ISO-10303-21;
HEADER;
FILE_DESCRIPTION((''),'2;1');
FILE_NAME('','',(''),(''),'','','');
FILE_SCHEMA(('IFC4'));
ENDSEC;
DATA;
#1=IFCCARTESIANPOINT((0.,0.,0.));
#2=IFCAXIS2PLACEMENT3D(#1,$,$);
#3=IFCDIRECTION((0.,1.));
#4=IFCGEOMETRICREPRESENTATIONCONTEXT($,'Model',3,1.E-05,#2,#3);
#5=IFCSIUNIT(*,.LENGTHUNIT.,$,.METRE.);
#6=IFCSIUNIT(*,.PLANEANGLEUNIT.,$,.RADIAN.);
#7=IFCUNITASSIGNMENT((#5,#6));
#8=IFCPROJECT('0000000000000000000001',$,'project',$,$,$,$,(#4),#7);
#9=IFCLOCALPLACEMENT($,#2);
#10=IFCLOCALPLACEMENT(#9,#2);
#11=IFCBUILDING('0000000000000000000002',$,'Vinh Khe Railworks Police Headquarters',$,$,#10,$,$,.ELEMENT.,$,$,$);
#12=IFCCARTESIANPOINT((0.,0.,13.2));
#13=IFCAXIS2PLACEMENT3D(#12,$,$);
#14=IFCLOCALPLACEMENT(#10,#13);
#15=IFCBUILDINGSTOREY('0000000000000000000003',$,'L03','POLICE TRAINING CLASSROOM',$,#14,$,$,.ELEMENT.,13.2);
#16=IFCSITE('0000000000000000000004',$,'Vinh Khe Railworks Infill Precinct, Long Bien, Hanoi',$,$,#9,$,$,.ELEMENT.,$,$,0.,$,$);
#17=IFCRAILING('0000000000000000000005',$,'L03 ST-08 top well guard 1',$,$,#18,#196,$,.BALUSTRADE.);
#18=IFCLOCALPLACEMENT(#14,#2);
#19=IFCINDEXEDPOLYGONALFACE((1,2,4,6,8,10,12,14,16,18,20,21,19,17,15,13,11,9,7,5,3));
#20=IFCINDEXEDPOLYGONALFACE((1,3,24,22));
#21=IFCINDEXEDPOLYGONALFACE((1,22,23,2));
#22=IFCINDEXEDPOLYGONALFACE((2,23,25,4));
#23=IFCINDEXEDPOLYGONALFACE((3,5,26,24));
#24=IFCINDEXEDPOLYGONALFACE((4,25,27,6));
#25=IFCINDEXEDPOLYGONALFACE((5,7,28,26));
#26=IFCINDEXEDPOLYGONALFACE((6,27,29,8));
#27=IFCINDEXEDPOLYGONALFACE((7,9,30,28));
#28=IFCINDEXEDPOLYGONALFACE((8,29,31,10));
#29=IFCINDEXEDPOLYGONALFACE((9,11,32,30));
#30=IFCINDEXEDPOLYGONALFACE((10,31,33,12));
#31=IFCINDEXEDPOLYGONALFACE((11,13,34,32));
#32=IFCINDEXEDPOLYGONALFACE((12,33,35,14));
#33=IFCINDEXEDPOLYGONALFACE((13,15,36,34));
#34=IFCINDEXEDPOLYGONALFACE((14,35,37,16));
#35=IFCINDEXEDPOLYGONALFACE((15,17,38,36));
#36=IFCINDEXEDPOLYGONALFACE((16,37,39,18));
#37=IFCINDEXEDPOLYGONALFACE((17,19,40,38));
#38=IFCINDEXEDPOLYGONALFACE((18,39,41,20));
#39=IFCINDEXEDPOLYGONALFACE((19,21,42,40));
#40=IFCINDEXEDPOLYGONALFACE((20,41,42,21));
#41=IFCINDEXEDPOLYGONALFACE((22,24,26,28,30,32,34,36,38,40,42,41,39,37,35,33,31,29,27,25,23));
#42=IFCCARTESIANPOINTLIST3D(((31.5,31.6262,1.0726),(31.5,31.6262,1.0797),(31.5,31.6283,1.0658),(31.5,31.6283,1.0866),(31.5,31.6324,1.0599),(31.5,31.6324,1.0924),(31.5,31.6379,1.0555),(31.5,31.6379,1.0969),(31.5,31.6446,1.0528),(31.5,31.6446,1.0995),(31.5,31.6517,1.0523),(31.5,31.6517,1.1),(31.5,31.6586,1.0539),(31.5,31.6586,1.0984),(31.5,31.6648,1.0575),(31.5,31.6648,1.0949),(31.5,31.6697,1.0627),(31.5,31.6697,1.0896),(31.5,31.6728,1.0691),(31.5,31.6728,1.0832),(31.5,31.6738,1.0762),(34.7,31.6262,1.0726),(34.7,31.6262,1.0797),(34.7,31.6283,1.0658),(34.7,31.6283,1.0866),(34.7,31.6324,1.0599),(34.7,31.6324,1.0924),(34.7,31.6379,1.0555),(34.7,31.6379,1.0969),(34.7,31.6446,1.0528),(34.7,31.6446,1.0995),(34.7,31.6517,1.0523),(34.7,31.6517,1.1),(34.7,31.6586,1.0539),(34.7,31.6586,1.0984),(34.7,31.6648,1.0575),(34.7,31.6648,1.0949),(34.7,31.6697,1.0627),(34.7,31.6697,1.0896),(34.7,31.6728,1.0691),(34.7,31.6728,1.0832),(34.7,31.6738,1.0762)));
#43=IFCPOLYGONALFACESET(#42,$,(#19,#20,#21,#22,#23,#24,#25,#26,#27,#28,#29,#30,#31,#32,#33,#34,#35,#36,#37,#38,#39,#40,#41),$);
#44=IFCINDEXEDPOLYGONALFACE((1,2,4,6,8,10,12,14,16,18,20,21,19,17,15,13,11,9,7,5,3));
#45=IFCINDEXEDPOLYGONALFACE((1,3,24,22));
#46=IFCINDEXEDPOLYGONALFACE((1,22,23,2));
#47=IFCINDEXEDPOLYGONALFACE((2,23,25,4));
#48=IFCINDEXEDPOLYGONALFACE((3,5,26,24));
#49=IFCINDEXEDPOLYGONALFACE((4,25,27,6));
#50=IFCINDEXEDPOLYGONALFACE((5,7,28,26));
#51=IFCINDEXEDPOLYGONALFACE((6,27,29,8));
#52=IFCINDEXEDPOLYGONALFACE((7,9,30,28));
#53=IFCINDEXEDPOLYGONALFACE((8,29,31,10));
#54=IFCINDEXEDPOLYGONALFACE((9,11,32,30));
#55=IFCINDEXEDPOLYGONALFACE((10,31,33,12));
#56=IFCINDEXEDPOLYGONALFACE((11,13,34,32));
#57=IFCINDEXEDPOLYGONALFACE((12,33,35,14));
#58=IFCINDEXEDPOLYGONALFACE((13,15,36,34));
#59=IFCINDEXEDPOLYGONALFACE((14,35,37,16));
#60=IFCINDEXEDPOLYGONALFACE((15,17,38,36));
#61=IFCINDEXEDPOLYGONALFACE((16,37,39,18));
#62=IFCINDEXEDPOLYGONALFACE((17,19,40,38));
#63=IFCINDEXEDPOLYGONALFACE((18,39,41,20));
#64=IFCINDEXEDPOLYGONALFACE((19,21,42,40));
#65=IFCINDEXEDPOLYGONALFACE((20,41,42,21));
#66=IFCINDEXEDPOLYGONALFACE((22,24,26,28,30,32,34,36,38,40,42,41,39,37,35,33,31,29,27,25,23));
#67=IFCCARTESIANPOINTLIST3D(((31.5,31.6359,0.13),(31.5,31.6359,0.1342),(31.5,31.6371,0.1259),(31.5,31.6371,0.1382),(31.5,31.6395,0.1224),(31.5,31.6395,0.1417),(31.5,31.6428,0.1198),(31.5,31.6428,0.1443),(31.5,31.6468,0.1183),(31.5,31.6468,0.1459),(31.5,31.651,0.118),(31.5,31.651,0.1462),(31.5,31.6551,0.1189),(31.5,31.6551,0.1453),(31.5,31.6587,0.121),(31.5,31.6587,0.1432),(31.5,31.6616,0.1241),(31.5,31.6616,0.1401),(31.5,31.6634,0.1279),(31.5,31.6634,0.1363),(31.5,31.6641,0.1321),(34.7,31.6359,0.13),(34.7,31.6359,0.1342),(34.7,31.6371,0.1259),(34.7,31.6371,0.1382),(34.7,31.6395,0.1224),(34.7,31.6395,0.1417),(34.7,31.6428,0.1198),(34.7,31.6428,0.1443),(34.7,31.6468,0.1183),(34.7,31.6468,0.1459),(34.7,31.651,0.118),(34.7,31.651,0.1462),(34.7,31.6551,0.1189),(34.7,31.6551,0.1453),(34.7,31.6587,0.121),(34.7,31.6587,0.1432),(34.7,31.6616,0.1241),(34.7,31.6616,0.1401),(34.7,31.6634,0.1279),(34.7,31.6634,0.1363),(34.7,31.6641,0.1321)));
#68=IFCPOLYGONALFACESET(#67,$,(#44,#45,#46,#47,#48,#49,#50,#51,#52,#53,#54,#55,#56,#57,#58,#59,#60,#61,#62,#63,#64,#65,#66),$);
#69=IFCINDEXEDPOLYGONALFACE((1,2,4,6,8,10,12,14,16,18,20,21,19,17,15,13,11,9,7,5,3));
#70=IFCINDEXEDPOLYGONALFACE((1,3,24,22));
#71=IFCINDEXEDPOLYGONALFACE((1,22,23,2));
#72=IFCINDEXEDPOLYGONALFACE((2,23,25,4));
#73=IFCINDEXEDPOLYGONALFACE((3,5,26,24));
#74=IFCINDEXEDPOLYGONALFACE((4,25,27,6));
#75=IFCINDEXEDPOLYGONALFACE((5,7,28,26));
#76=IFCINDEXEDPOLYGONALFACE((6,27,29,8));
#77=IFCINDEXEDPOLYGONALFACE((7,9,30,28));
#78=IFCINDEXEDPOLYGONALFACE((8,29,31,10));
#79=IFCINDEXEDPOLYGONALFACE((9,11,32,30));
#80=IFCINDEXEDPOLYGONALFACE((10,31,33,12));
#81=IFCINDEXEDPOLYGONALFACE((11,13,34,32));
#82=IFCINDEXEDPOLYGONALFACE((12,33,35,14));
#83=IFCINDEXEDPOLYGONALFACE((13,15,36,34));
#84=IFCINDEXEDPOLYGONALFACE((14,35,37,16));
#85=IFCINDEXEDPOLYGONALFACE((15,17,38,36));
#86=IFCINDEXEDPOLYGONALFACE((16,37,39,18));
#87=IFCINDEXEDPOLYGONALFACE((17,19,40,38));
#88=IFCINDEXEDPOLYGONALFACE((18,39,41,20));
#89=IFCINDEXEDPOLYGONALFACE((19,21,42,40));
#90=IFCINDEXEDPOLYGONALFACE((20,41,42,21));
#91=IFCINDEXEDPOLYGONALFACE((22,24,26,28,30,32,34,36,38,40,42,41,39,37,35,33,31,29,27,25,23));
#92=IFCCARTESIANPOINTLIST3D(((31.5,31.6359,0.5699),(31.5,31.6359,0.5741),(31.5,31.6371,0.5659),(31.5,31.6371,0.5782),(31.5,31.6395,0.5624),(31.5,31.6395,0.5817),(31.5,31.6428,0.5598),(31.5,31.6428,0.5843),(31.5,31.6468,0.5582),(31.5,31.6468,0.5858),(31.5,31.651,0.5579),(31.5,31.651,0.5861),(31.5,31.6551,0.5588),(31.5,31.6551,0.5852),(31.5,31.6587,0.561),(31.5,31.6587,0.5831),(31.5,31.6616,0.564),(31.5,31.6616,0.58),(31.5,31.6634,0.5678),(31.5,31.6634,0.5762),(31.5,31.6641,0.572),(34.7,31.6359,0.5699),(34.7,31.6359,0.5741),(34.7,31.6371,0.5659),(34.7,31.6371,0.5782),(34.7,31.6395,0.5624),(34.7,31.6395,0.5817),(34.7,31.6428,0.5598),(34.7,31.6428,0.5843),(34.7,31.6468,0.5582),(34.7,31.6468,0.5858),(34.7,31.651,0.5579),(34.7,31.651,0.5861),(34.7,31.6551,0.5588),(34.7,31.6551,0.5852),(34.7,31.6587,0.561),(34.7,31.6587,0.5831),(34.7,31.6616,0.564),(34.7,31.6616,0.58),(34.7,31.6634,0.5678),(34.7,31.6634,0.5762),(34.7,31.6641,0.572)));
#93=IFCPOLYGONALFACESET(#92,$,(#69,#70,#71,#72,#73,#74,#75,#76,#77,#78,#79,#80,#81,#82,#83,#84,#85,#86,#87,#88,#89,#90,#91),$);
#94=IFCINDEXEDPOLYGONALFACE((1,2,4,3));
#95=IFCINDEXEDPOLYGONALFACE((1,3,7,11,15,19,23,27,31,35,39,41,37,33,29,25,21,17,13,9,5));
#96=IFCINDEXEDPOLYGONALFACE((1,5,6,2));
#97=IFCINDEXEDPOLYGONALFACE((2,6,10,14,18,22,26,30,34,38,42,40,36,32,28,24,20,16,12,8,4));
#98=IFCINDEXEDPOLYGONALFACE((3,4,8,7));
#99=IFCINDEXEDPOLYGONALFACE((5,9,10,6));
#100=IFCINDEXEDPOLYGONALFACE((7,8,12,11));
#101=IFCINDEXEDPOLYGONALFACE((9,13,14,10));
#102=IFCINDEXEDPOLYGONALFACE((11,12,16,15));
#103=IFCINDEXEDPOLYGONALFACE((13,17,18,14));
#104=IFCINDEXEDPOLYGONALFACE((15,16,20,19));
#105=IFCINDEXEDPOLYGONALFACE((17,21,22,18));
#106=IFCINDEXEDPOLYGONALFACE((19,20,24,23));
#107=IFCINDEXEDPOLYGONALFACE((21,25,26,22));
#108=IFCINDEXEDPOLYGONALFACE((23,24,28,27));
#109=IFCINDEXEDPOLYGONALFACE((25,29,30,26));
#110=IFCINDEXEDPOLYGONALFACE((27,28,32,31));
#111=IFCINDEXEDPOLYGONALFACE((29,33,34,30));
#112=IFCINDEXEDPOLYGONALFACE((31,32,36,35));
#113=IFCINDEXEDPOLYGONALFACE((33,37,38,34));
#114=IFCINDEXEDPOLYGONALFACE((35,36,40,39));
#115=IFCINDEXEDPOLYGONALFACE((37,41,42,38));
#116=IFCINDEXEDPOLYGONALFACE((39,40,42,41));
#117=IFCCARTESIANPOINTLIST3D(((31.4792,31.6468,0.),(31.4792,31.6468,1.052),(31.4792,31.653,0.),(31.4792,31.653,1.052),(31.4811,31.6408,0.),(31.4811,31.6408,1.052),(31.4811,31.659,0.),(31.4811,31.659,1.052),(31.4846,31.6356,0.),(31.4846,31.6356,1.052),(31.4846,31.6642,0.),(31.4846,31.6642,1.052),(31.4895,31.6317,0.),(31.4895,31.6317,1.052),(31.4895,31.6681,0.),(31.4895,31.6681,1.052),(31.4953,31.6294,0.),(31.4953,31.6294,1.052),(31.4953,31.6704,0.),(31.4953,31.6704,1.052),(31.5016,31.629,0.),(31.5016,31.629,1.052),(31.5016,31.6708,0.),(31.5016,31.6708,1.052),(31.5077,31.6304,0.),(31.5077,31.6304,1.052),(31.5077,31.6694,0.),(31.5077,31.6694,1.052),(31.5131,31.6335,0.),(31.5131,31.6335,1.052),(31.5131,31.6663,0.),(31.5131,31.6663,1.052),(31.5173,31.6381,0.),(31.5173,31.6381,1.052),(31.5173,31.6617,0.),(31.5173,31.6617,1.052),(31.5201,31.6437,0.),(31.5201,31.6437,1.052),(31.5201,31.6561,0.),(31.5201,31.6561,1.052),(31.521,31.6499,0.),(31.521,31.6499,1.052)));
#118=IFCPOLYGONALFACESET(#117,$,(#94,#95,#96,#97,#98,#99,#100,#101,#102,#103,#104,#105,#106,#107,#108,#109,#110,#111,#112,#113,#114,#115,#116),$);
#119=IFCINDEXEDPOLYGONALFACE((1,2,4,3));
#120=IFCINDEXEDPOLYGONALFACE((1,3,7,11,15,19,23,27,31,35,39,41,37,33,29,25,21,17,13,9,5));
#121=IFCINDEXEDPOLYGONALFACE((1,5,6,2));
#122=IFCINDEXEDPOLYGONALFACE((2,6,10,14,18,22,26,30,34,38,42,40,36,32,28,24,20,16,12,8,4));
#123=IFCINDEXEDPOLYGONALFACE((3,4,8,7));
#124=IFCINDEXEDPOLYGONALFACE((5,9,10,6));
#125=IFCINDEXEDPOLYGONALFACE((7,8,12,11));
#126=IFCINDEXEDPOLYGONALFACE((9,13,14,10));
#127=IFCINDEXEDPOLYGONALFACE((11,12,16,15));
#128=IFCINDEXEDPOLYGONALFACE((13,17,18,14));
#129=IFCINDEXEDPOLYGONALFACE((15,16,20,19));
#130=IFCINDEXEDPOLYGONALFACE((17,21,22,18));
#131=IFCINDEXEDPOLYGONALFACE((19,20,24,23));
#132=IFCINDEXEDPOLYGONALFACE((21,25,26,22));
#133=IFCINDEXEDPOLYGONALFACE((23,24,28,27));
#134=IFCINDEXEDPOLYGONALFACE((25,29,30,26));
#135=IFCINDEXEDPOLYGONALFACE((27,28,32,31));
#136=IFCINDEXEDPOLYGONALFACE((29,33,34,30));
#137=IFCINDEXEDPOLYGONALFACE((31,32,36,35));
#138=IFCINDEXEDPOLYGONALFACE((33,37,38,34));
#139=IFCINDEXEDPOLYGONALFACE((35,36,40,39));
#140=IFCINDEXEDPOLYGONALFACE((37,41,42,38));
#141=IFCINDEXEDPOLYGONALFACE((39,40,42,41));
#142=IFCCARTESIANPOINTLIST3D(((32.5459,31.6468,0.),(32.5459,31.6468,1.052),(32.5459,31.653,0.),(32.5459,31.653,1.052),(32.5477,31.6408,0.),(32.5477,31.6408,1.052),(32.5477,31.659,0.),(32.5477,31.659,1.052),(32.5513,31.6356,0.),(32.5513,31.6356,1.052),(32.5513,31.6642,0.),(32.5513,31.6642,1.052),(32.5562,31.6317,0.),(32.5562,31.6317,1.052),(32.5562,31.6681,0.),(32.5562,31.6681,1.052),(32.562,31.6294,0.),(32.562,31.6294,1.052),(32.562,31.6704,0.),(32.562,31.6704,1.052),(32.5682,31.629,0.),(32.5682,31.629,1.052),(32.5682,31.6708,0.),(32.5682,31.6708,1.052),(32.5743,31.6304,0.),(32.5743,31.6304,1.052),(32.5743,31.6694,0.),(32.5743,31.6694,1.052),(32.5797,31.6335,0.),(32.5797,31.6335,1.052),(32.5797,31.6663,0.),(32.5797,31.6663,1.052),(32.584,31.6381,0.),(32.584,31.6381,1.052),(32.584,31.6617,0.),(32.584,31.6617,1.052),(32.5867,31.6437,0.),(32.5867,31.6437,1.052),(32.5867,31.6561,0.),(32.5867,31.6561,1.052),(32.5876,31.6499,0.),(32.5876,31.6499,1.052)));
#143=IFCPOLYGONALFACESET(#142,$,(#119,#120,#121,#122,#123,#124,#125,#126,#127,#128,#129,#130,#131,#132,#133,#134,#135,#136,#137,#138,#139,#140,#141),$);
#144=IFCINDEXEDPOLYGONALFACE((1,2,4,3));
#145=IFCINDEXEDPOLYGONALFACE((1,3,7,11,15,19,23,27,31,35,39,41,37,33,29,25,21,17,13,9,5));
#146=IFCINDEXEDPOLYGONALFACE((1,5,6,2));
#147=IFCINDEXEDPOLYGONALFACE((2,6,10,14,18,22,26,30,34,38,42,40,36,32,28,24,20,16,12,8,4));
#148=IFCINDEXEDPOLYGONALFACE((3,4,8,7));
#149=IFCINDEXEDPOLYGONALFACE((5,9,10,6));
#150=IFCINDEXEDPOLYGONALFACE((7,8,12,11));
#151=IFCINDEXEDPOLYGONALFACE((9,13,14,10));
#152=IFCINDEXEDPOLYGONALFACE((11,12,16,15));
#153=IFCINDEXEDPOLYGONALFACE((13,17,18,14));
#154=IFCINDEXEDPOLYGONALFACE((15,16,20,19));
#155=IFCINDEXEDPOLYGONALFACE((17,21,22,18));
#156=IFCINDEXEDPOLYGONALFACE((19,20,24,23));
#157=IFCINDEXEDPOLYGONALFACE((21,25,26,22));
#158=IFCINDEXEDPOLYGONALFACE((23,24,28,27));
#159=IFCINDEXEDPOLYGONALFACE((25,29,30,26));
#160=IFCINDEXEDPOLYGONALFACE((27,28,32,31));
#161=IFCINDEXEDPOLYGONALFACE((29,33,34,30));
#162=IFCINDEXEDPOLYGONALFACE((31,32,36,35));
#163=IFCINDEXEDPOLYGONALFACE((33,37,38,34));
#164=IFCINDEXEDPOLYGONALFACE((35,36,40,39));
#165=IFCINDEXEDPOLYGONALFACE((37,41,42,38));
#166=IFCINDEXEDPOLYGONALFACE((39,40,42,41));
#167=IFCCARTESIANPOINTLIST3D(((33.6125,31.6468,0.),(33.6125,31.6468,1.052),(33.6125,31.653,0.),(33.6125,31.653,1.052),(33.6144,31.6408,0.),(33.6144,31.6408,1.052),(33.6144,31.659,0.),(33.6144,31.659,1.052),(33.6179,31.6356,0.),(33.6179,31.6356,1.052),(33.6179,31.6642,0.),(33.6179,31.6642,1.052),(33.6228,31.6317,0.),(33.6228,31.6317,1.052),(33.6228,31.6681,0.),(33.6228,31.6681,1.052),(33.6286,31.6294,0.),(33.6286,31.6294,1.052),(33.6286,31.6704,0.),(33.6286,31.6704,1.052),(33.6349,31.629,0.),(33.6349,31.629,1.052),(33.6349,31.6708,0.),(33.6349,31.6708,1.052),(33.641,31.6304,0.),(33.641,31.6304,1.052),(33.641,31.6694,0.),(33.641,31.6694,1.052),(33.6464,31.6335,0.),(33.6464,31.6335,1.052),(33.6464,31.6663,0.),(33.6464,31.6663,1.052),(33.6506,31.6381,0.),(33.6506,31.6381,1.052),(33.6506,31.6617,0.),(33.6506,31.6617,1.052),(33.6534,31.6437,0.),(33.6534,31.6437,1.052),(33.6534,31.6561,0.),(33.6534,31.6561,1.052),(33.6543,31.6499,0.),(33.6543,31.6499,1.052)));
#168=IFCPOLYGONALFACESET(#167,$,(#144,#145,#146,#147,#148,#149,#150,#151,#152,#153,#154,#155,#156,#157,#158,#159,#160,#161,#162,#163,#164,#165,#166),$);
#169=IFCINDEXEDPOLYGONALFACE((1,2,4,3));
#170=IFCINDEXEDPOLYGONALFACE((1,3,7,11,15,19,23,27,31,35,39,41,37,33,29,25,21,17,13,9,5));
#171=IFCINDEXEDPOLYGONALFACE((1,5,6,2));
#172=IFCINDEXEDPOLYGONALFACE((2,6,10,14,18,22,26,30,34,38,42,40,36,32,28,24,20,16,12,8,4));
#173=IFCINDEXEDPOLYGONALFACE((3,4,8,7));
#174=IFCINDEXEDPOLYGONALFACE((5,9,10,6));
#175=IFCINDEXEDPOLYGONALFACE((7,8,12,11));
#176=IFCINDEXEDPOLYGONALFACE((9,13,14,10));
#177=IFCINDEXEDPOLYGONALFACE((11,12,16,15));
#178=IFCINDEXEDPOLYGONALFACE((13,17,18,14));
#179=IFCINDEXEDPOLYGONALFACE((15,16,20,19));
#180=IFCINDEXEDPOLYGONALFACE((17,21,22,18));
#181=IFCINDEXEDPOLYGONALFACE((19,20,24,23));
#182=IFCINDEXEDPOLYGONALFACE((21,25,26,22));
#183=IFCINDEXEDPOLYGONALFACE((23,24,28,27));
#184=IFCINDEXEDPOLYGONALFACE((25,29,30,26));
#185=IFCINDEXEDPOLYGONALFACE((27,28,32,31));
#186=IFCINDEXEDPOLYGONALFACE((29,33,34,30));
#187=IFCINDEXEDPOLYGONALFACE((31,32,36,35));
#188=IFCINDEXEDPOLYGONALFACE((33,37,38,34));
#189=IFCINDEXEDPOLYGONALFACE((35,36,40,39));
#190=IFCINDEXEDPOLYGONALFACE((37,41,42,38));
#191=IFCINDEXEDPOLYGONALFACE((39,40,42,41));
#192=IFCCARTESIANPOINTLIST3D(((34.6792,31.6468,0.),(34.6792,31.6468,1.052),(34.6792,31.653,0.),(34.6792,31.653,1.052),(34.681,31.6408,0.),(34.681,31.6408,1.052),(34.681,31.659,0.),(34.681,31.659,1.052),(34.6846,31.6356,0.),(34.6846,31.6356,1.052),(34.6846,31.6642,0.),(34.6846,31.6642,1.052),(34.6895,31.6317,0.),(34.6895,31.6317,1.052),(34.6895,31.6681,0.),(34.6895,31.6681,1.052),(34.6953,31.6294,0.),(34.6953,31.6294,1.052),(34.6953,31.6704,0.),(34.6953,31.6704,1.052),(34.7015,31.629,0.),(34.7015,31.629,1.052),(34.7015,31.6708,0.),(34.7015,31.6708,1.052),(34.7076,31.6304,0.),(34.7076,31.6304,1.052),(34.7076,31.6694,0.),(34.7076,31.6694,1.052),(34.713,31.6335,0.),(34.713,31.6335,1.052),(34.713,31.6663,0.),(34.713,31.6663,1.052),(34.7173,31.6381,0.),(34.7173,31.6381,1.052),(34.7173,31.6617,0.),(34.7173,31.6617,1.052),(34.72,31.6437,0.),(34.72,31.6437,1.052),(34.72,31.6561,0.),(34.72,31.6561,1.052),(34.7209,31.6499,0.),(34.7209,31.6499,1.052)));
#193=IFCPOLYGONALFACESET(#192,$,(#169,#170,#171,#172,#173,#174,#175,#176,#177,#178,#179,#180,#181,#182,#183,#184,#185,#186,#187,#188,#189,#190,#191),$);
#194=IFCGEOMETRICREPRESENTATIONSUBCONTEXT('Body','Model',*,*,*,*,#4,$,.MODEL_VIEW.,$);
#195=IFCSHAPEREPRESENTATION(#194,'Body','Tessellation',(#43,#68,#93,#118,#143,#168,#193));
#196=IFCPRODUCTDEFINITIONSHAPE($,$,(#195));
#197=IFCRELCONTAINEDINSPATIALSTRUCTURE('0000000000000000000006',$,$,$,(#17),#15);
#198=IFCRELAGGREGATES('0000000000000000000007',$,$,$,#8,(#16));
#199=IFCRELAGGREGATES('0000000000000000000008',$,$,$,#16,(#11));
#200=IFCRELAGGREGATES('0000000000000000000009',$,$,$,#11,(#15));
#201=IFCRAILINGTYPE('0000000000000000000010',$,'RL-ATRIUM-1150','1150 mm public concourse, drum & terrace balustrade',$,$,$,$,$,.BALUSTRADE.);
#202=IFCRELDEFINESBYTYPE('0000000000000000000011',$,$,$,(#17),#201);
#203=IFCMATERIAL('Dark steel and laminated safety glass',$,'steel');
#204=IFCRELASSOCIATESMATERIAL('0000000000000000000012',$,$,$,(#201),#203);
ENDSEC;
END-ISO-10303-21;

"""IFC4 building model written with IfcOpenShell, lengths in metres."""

from ifc_helpers import new_model, si_unit, direction, frame, origin, origin_2d, place, context, subcontext, project, spatial, circle, extrude, material, type_object, element, save


model = new_model("IFC4")

# Units and contexts
model_context = context("Model", 3, precision=1e-05, world=origin(), true_north=direction((0.0, 1.0)))
body_context = subcontext(model_context, "Body", "Model", "MODEL_VIEW")
ifc_project = project(units=[si_unit("LENGTHUNIT", "METRE"), si_unit("PLANEANGLEUNIT", "RADIAN")], contexts=[model_context])

# Site, building, storey
site_placement = place(None, origin())
site = spatial("IfcSite", under=ifc_project, at=site_placement, Name="Vinh Khe Railworks Infill Precinct, Long Bien, Hanoi", CompositionType="ELEMENT", RefElevation=0.0)
building_placement = place(site_placement, origin())
building = spatial("IfcBuilding", under=site, at=building_placement, Name="Vinh Khe Railworks Police Headquarters", CompositionType="ELEMENT")
storey_placement = place(building_placement, frame((0.0, 0.0, 13.2)))
storey = spatial("IfcBuildingStorey", under=building, at=storey_placement, Name="L03", Description="POLICE TRAINING CLASSROOM", CompositionType="ELEMENT", Elevation=13.2)

# Railing
ifc_material_1 = material(Name="Dark steel and laminated safety glass", Category="steel")
railing_type = type_object("IfcRailingType", Name="RL-ATRIUM-1150", Description="1150 mm public concourse, drum & terrace balustrade", PredefinedType="BALUSTRADE", material=ifc_material_1)
railing_placement = place(storey_placement, frame((31.5, 31.6499, 0.0)))
element("IfcRailing", 1, at=railing_placement, inside=storey, type_object=railing_type, Name="L03 ST-08 top well guard 1", PredefinedType="BALUSTRADE", context=body_context, shape_type="SweptSolid", body=[
    extrude(circle(Radius=0.0239, at=origin_2d()), frame((0.0, 0.0, 1.0762), z_axis=(1.0, 0.0, 0.0), x_axis=(0.0, 1.0, 0.0)), (0.0, 0.0, 1.0), 3.2),
    extrude(circle(Radius=0.0142, at=origin_2d()), frame((0.0, 0.0, 0.1321), z_axis=(1.0, 0.0, 0.0), x_axis=(0.0, 1.0, 0.0)), (0.0, 0.0, 1.0), 3.2),
    extrude(circle(Radius=0.0142, at=origin_2d()), frame((0.0, 0.0, 0.572), z_axis=(1.0, 0.0, 0.0), x_axis=(0.0, 1.0, 0.0)), (0.0, 0.0, 1.0), 3.2),
    extrude(circle(Radius=0.021, at=origin_2d()), origin(), (0.0, 0.0, 1.0), 1.052),
    extrude(circle(Radius=0.021, at=origin_2d()), frame((1.0667, 0.0, 0.0)), (0.0, 0.0, 1.0), 1.052),
    extrude(circle(Radius=0.021, at=origin_2d()), frame((2.1333, 0.0, 0.0)), (0.0, 0.0, 1.0), 1.052),
    extrude(circle(Radius=0.021, at=origin_2d()), frame((3.2, 0.0, 0.0)), (0.0, 0.0, 1.0), 1.052),
])

save(model, "model.ifc")
